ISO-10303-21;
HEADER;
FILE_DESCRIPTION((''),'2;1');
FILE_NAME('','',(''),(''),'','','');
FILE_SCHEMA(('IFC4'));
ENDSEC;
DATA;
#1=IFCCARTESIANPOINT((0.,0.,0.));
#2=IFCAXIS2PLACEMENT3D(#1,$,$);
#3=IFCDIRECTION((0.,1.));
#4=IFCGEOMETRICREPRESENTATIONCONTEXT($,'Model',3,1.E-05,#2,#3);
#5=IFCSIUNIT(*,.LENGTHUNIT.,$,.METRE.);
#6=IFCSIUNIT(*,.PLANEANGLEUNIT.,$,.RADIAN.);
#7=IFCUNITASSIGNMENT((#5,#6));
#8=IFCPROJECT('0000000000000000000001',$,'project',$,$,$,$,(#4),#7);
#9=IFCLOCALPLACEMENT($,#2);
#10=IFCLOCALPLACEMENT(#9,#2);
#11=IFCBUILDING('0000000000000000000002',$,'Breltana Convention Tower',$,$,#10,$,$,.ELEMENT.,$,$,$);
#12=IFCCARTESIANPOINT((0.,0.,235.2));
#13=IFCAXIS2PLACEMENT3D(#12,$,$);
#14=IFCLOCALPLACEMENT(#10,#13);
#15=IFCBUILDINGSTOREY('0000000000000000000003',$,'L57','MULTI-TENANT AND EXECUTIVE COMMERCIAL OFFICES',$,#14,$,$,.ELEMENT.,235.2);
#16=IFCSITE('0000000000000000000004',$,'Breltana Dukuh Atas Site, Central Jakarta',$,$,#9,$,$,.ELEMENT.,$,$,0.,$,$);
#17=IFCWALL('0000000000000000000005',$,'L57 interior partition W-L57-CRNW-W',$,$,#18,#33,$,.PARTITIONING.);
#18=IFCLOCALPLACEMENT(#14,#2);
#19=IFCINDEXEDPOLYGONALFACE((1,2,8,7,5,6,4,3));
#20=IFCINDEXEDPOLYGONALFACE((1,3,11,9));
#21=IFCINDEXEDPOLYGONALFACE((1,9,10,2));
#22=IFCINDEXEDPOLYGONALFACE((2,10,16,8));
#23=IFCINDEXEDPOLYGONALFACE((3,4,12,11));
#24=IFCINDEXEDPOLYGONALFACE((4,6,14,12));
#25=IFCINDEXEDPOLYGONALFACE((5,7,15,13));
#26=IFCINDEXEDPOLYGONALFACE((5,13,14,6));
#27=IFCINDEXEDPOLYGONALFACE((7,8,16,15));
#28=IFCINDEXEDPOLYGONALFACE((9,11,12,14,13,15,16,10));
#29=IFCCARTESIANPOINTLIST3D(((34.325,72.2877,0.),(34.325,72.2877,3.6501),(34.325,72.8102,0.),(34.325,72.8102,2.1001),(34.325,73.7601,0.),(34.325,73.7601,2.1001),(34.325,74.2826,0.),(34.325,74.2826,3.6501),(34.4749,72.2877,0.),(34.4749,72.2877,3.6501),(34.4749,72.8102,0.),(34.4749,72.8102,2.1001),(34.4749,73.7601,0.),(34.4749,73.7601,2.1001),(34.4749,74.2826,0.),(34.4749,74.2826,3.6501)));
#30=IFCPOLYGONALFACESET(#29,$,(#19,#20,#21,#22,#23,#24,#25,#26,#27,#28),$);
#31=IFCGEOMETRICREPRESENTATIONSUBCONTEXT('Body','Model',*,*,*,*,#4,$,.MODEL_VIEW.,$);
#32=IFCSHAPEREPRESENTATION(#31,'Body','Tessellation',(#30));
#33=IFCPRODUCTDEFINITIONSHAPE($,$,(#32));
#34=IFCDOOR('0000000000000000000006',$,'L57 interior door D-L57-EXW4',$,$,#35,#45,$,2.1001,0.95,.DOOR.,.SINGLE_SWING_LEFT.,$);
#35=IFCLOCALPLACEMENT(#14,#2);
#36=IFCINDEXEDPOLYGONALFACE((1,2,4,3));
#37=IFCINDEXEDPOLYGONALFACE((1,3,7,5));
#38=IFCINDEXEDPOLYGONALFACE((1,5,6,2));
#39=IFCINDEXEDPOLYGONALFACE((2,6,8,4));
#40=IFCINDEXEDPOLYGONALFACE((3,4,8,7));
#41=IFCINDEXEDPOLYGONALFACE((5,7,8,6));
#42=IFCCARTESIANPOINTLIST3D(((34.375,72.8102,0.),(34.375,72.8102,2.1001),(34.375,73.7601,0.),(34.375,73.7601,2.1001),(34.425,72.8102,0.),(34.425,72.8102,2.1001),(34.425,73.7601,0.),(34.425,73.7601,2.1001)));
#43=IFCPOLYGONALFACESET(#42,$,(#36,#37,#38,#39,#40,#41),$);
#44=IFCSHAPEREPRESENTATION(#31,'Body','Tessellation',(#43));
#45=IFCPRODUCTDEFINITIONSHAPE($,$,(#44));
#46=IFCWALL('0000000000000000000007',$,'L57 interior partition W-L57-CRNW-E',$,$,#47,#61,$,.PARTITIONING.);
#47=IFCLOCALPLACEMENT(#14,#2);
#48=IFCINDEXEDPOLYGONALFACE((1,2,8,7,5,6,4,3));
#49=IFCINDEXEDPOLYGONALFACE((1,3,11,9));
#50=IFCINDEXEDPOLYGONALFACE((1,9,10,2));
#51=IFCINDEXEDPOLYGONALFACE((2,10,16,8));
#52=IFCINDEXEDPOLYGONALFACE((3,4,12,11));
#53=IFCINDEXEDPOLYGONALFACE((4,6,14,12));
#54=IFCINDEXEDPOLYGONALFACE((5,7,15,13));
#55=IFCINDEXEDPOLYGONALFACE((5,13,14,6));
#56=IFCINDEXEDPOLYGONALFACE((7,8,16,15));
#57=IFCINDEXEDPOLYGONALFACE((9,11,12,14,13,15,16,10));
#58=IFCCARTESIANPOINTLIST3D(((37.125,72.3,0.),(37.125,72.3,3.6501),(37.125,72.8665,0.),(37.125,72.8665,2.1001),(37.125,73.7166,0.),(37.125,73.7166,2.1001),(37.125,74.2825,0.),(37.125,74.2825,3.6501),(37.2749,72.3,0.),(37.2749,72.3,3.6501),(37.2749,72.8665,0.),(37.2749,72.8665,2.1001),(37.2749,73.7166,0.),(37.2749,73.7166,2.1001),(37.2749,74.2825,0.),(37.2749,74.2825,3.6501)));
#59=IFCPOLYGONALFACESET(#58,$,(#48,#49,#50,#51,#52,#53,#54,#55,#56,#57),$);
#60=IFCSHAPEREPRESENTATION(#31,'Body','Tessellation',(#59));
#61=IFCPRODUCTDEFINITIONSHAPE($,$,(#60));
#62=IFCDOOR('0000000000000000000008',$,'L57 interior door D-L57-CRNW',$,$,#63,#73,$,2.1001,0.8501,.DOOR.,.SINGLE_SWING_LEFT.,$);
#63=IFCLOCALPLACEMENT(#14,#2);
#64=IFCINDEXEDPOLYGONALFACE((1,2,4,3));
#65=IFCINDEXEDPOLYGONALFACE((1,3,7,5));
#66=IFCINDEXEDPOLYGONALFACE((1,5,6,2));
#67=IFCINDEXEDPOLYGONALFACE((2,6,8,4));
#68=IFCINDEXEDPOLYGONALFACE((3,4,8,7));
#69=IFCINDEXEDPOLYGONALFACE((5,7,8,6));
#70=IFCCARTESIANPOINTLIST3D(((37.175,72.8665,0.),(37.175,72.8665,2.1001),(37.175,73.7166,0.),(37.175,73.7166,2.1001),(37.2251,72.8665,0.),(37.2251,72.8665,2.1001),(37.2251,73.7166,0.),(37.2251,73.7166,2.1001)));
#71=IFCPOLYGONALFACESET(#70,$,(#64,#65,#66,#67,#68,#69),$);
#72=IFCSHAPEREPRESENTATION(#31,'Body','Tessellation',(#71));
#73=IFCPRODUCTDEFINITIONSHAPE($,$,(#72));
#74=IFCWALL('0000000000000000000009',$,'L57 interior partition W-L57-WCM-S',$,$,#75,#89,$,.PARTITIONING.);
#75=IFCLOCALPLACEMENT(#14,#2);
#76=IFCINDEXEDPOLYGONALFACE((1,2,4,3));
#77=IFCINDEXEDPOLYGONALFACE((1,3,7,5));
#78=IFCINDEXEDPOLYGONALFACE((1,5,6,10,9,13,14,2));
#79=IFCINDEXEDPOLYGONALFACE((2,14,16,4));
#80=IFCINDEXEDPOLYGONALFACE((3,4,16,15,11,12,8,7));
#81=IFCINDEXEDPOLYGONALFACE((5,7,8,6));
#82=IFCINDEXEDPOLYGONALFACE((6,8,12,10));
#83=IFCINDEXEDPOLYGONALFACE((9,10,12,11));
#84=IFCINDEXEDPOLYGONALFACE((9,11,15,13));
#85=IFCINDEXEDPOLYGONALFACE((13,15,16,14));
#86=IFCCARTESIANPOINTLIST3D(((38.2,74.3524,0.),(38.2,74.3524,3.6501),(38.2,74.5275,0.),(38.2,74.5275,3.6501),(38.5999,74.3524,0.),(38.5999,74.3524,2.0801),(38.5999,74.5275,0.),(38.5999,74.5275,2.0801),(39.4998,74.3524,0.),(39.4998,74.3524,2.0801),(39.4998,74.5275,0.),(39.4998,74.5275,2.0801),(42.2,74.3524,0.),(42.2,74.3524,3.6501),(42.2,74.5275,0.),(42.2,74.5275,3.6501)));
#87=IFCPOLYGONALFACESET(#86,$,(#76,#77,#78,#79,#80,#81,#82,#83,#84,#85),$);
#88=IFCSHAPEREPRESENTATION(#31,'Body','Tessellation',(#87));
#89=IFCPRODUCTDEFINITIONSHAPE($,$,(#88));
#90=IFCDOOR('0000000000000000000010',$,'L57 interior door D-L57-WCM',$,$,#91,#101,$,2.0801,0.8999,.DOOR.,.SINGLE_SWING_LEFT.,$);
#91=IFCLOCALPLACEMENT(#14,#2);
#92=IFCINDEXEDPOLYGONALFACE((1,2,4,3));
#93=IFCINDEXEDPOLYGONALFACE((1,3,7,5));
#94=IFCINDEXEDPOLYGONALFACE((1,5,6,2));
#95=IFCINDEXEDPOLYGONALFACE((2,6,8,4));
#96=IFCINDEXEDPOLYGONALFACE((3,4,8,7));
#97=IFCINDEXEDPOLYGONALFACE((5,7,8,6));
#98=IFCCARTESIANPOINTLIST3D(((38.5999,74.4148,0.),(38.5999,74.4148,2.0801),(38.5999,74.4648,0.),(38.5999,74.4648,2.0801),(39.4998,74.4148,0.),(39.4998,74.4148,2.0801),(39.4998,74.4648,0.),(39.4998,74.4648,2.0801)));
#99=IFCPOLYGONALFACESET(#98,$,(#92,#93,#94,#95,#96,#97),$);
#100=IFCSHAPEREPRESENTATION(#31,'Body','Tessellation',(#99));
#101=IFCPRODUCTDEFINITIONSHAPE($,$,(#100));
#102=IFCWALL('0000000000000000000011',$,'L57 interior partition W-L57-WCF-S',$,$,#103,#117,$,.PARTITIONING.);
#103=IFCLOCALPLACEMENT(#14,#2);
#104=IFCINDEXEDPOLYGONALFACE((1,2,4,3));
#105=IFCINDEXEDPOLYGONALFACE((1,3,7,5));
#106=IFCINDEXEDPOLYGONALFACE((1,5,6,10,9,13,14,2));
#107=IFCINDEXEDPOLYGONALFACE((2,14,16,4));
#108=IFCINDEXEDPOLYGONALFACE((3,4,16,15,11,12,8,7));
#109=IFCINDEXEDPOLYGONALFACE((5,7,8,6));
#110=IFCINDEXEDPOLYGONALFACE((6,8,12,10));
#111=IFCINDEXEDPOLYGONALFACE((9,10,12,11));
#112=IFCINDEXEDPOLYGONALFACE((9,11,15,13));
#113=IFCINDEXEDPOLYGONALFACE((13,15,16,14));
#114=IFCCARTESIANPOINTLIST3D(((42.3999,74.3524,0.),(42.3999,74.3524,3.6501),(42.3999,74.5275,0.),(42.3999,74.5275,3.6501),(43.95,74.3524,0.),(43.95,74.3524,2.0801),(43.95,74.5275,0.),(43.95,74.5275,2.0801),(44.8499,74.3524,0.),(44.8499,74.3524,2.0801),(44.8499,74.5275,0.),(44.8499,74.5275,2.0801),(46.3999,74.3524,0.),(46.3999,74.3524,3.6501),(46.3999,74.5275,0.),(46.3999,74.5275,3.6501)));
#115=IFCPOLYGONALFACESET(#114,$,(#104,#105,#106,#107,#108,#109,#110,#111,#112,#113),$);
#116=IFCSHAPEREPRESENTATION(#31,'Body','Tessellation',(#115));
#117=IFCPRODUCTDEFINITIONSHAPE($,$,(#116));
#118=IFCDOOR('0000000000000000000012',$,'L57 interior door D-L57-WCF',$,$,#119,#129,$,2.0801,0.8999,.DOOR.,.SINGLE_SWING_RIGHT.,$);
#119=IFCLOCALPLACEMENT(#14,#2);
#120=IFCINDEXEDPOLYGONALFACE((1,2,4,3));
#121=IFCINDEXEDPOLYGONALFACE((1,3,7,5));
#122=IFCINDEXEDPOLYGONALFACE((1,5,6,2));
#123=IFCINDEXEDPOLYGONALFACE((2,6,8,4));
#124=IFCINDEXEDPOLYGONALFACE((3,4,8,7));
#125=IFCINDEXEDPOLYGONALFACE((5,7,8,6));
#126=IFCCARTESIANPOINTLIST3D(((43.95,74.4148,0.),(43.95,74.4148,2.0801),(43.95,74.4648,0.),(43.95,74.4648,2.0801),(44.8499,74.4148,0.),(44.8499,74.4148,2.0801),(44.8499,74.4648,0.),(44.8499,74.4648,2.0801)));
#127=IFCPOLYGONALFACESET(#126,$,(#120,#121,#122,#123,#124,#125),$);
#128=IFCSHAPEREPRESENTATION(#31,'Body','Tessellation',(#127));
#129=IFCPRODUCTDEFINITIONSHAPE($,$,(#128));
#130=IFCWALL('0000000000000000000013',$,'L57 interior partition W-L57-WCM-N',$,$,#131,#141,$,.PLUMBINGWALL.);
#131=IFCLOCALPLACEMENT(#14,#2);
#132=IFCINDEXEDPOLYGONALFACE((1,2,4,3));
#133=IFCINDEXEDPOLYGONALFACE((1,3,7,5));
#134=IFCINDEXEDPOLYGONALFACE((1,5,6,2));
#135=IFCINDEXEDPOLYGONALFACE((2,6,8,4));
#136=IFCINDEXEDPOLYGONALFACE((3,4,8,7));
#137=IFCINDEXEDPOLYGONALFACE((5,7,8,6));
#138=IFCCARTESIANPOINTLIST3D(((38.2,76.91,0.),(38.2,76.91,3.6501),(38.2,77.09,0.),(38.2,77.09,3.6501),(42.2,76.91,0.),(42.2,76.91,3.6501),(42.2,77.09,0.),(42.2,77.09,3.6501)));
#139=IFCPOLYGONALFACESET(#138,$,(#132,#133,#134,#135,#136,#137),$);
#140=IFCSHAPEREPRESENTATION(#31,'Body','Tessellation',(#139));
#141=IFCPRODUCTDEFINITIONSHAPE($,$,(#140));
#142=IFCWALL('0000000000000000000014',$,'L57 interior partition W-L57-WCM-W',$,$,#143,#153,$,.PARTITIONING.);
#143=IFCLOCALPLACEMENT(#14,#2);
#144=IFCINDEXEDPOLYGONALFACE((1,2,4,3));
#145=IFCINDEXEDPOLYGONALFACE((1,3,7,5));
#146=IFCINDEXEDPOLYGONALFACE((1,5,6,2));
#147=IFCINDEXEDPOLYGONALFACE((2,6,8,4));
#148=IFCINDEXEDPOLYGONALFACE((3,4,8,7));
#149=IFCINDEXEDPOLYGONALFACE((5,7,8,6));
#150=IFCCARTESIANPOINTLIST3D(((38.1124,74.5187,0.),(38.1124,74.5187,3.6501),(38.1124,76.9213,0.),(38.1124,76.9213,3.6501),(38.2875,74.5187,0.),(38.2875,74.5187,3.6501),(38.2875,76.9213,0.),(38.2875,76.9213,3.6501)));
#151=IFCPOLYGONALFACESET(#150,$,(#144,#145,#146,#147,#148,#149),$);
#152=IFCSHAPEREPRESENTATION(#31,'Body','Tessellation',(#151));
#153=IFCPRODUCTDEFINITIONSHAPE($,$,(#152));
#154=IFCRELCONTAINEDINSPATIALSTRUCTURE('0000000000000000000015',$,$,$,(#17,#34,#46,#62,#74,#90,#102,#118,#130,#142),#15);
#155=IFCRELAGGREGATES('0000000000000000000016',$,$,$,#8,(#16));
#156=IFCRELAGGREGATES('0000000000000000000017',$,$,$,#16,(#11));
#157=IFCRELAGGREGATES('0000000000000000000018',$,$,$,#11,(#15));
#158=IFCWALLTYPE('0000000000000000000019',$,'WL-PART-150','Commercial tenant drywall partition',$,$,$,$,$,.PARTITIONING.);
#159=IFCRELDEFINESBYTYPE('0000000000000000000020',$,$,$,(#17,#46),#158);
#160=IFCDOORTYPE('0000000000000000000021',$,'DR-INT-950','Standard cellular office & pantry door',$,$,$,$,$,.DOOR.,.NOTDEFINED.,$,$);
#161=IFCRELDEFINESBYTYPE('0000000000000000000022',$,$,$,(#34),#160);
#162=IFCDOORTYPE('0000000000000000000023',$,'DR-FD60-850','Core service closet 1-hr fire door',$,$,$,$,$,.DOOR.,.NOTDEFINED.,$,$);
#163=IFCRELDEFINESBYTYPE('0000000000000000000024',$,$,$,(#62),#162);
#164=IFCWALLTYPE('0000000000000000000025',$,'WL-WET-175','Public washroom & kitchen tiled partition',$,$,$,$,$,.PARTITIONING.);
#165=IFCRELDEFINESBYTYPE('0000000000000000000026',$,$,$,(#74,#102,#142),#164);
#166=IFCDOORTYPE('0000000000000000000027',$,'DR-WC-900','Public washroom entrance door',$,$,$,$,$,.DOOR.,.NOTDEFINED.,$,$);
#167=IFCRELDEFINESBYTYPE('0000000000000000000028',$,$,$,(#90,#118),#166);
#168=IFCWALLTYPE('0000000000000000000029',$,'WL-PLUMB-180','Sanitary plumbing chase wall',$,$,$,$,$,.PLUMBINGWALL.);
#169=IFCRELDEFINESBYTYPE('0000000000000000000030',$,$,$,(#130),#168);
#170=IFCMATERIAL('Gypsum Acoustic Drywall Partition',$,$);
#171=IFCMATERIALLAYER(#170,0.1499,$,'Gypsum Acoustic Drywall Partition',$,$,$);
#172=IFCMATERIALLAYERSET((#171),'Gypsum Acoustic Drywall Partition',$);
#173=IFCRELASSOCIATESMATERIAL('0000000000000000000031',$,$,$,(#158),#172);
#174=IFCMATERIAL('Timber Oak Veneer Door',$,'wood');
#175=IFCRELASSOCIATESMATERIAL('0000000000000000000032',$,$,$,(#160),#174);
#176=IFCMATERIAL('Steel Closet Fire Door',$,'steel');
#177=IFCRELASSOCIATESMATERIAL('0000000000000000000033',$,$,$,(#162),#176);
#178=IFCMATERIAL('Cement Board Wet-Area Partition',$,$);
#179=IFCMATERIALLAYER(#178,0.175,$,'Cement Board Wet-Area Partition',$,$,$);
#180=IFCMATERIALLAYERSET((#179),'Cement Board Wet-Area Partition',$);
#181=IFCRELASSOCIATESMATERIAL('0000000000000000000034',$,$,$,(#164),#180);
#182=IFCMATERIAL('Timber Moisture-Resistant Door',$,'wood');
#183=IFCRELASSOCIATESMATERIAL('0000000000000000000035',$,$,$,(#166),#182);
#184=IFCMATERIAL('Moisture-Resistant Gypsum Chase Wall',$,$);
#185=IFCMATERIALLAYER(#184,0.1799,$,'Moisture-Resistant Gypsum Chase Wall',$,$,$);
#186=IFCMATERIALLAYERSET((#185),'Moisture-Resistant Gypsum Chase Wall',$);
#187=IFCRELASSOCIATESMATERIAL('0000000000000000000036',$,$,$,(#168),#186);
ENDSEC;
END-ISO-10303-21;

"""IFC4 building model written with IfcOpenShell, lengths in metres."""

from ifc_helpers import new_model, si_unit, direction, frame, frame_2d, origin, place, context, subcontext, project, spatial, rectangle, extrude, source, transform, mapped, material, layer, layer_set, type_object, type_shapes, element, fill, save


model = new_model("IFC4")

# Units and contexts
model_context = context("Model", 3, precision=1e-05, world=origin(), true_north=direction((0.0, 1.0)))
body_context = subcontext(model_context, "Body", "Model", "MODEL_VIEW")
ifc_project = project(units=[si_unit("LENGTHUNIT", "METRE"), si_unit("PLANEANGLEUNIT", "RADIAN")], contexts=[model_context])

# Site, building, storey
site_placement = place(None, origin())
site = spatial("IfcSite", under=ifc_project, at=site_placement, Name="Breltana Dukuh Atas Site, Central Jakarta", CompositionType="ELEMENT", RefElevation=0.0)
building_placement = place(site_placement, origin())
building = spatial("IfcBuilding", under=site, at=building_placement, Name="Breltana Convention Tower", CompositionType="ELEMENT")
storey_placement = place(building_placement, frame((0.0, 0.0, 235.2)))
storey = spatial("IfcBuildingStorey", under=building, at=storey_placement, Name="L57", Description="MULTI-TENANT AND EXECUTIVE COMMERCIAL OFFICES", CompositionType="ELEMENT", Elevation=235.2)

# Shared definitions
ifc_material_1 = material(Name="Gypsum Acoustic Drywall Partition")
ifc_layer_1 = layer(ifc_material_1, 0.1499, Name="Gypsum Acoustic Drywall Partition")
ifc_layer_set_1 = layer_set([ifc_layer_1], Name="Gypsum Acoustic Drywall Partition")
wall_type_1 = type_object("IfcWallType", Name="WL-PART-150", Description="Commercial tenant drywall partition", PredefinedType="PARTITIONING", material=ifc_layer_set_1)

# Walls, openings, doors
shared_shape_1 = source(origin(), body_context, "Body", "SweptSolid", [
    extrude(rectangle(XDim=1.9949, YDim=0.1499, at=frame_2d((0.9976, 0.0))), origin(), (0.0, 0.0, 1.0), 3.6501),
])
wall_1_placement = place(storey_placement, frame((34.3999, 72.2876, 0.0), z_axis=(0.0, 0.0, 1.0), x_axis=(0.0, 1.0, 0.0)))
wall_1 = element("IfcWall", 1, at=wall_1_placement, inside=storey, type_object=wall_type_1, Name="L57 interior partition W-L57-CRNW-W", PredefinedType="PARTITIONING", context=body_context, shape_type="MappedRepresentation", body=[
    mapped(shared_shape_1, transform((0.0, 0.0, 0.0), scale=1.0)),
])
opening_1_placement = place(wall_1_placement, frame((0.5225, 0.0, 0.0)))
opening_1 = element("IfcOpeningElement", 2, at=opening_1_placement, cuts=wall_1, PredefinedType="OPENING", context=body_context, shape_type="SweptSolid", body=[
    extrude(rectangle(XDim=0.95, YDim=2.1001, at=frame_2d((0.4751, 1.05))), frame((0.0, 0.085, 0.0), z_axis=(0.0, -1.0, 0.0), x_axis=(1.0, 0.0, 0.0)), (0.0, 0.0, 1.0), 0.1699),
])
ifc_material_2 = material(Name="Timber Oak Veneer Door", Category="wood")
door_type_1 = type_object("IfcDoorType", Name="DR-INT-950", Description="Standard cellular office & pantry door", OperationType="NOTDEFINED", PredefinedType="DOOR", material=ifc_material_2)
shared_shape_2 = source(origin(), body_context, "Body", "SweptSolid", [
    extrude(rectangle(XDim=0.95, YDim=2.1001, at=frame_2d((0.4751, 1.05))), frame((0.0, 0.0249, 0.0), z_axis=(0.0, -1.0, 0.0), x_axis=(1.0, 0.0, 0.0)), (0.0, 0.0, 1.0), 0.05),
])
type_shapes(door_type_1, [shared_shape_2])
door_1_placement = place(opening_1_placement, origin())
door_1 = element("IfcDoor", 3, at=door_1_placement, inside=storey, type_object=door_type_1, Name="L57 interior door D-L57-EXW4", OperationType="SINGLE_SWING_LEFT", OverallHeight=2.1001, OverallWidth=0.95, PredefinedType="DOOR", context=body_context, shape_type="MappedRepresentation", body=[
    mapped(shared_shape_2, transform((0.0, 0.0, 0.0), scale=1.0)),
])
fill(opening_1, door_1)
shared_shape_3 = source(origin(), body_context, "Body", "SweptSolid", [
    extrude(rectangle(XDim=1.9824, YDim=0.1499, at=frame_2d((0.9912, 0.0))), origin(), (0.0, 0.0, 1.0), 3.6501),
])
wall_2_placement = place(storey_placement, frame((37.2, 72.3, 0.0), z_axis=(0.0, 0.0, 1.0), x_axis=(0.0, 1.0, 0.0)))
wall_2 = element("IfcWall", 4, at=wall_2_placement, inside=storey, type_object=wall_type_1, Name="L57 interior partition W-L57-CRNW-E", PredefinedType="PARTITIONING", context=body_context, shape_type="MappedRepresentation", body=[
    mapped(shared_shape_3, transform((0.0, 0.0, 0.0), scale=1.0)),
])
opening_2_placement = place(wall_2_placement, frame((0.5664, 0.0, 0.0)))
opening_2 = element("IfcOpeningElement", 5, at=opening_2_placement, cuts=wall_2, PredefinedType="OPENING", context=body_context, shape_type="SweptSolid", body=[
    extrude(rectangle(XDim=0.8501, YDim=2.1001, at=frame_2d((0.425, 1.05))), frame((0.0, 0.085, 0.0), z_axis=(0.0, -1.0, 0.0), x_axis=(1.0, 0.0, 0.0)), (0.0, 0.0, 1.0), 0.1699),
])
ifc_material_3 = material(Name="Steel Closet Fire Door", Category="steel")
door_type_2 = type_object("IfcDoorType", Name="DR-FD60-850", Description="Core service closet 1-hr fire door", OperationType="NOTDEFINED", PredefinedType="DOOR", material=ifc_material_3)
shared_shape_4 = source(origin(), body_context, "Body", "SweptSolid", [
    extrude(rectangle(XDim=0.8501, YDim=2.1001, at=frame_2d((0.425, 1.05))), frame((0.0, 0.0249, 0.0), z_axis=(0.0, -1.0, 0.0), x_axis=(1.0, 0.0, 0.0)), (0.0, 0.0, 1.0), 0.05),
])
type_shapes(door_type_2, [shared_shape_4])
door_2_placement = place(opening_2_placement, origin())
door_2 = element("IfcDoor", 6, at=door_2_placement, inside=storey, type_object=door_type_2, Name="L57 interior door D-L57-CRNW", OperationType="SINGLE_SWING_LEFT", OverallHeight=2.1001, OverallWidth=0.8501, PredefinedType="DOOR", context=body_context, shape_type="MappedRepresentation", body=[
    mapped(shared_shape_4, transform((0.0, 0.0, 0.0), scale=1.0)),
])
fill(opening_2, door_2)
ifc_material_4 = material(Name="Cement Board Wet-Area Partition")
ifc_layer_2 = layer(ifc_material_4, 0.175, Name="Cement Board Wet-Area Partition")
ifc_layer_set_2 = layer_set([ifc_layer_2], Name="Cement Board Wet-Area Partition")
wall_type_2 = type_object("IfcWallType", Name="WL-WET-175", Description="Public washroom & kitchen tiled partition", PredefinedType="PARTITIONING", material=ifc_layer_set_2)
shared_shape_5 = source(origin(), body_context, "Body", "SweptSolid", [
    extrude(rectangle(XDim=4.0, YDim=0.175, at=frame_2d((2.0, 0.0))), origin(), (0.0, 0.0, 1.0), 3.6501),
])
wall_3_placement = place(storey_placement, frame((38.2, 74.4399, 0.0), z_axis=(0.0, 0.0, 1.0), x_axis=(1.0, 0.0, 0.0)))
wall_3 = element("IfcWall", 7, at=wall_3_placement, inside=storey, type_object=wall_type_2, Name="L57 interior partition W-L57-WCM-S", PredefinedType="PARTITIONING", context=body_context, shape_type="MappedRepresentation", body=[
    mapped(shared_shape_5, transform((0.0, 0.0, 0.0), scale=1.0)),
])
opening_3_placement = place(wall_3_placement, frame((0.3999, 0.0, 0.0)))
opening_3 = element("IfcOpeningElement", 8, at=opening_3_placement, cuts=wall_3, PredefinedType="OPENING", context=body_context, shape_type="SweptSolid", body=[
    extrude(rectangle(XDim=0.8999, YDim=2.0801, at=frame_2d((0.45, 1.04))), frame((0.0, 0.0977, 0.0), z_axis=(0.0, -1.0, 0.0), x_axis=(1.0, 0.0, 0.0)), (0.0, 0.0, 1.0), 0.1951),
])
ifc_material_5 = material(Name="Timber Moisture-Resistant Door", Category="wood")
door_type_3 = type_object("IfcDoorType", Name="DR-WC-900", Description="Public washroom entrance door", OperationType="NOTDEFINED", PredefinedType="DOOR", material=ifc_material_5)
shared_shape_6 = source(origin(), body_context, "Body", "SweptSolid", [
    extrude(rectangle(XDim=0.8999, YDim=2.0801, at=frame_2d((0.45, 1.04))), frame((0.0, 0.0249, 0.0), z_axis=(0.0, -1.0, 0.0), x_axis=(1.0, 0.0, 0.0)), (0.0, 0.0, 1.0), 0.05),
])
type_shapes(door_type_3, [shared_shape_6])
door_3_placement = place(opening_3_placement, origin())
door_3 = element("IfcDoor", 9, at=door_3_placement, inside=storey, type_object=door_type_3, Name="L57 interior door D-L57-WCM", OperationType="SINGLE_SWING_LEFT", OverallHeight=2.0801, OverallWidth=0.8999, PredefinedType="DOOR", context=body_context, shape_type="MappedRepresentation", body=[
    mapped(shared_shape_6, transform((0.0, 0.0, 0.0), scale=1.0)),
])
fill(opening_3, door_3)
wall_4_placement = place(storey_placement, frame((42.3999, 74.4399, 0.0), z_axis=(0.0, 0.0, 1.0), x_axis=(1.0, 0.0, 0.0)))
wall_4 = element("IfcWall", 10, at=wall_4_placement, inside=storey, type_object=wall_type_2, Name="L57 interior partition W-L57-WCF-S", PredefinedType="PARTITIONING", context=body_context, shape_type="MappedRepresentation", body=[
    mapped(shared_shape_5, transform((0.0, 0.0, 0.0), scale=1.0)),
])
opening_4_placement = place(wall_4_placement, frame((1.55, 0.0, 0.0)))
opening_4 = element("IfcOpeningElement", 11, at=opening_4_placement, cuts=wall_4, PredefinedType="OPENING", context=body_context, shape_type="SweptSolid", body=[
    extrude(rectangle(XDim=0.8999, YDim=2.0801, at=frame_2d((0.45, 1.04))), frame((0.0, 0.0977, 0.0), z_axis=(0.0, -1.0, 0.0), x_axis=(1.0, 0.0, 0.0)), (0.0, 0.0, 1.0), 0.1951),
])
door_4_placement = place(opening_4_placement, origin())
door_4 = element("IfcDoor", 12, at=door_4_placement, inside=storey, type_object=door_type_3, Name="L57 interior door D-L57-WCF", OperationType="SINGLE_SWING_RIGHT", OverallHeight=2.0801, OverallWidth=0.8999, PredefinedType="DOOR", context=body_context, shape_type="MappedRepresentation", body=[
    mapped(shared_shape_6, transform((0.0, 0.0, 0.0), scale=1.0)),
])
fill(opening_4, door_4)

# Walls
ifc_material_6 = material(Name="Moisture-Resistant Gypsum Chase Wall")
ifc_layer_3 = layer(ifc_material_6, 0.1799, Name="Moisture-Resistant Gypsum Chase Wall")
ifc_layer_set_3 = layer_set([ifc_layer_3], Name="Moisture-Resistant Gypsum Chase Wall")
wall_type_3 = type_object("IfcWallType", Name="WL-PLUMB-180", Description="Sanitary plumbing chase wall", PredefinedType="PLUMBINGWALL", material=ifc_layer_set_3)
shared_shape_7 = source(origin(), body_context, "Body", "SweptSolid", [
    extrude(rectangle(XDim=4.0, YDim=0.1799, at=frame_2d((2.0, 0.0))), origin(), (0.0, 0.0, 1.0), 3.6501),
])
wall_5_placement = place(storey_placement, frame((38.2, 77.0, 0.0), z_axis=(0.0, 0.0, 1.0), x_axis=(1.0, 0.0, 0.0)))
element("IfcWall", 13, at=wall_5_placement, inside=storey, type_object=wall_type_3, Name="L57 interior partition W-L57-WCM-N", PredefinedType="PLUMBINGWALL", context=body_context, shape_type="MappedRepresentation", body=[
    mapped(shared_shape_7, transform((0.0, 0.0, 0.0), scale=1.0)),
])
shared_shape_8 = source(origin(), body_context, "Body", "SweptSolid", [
    extrude(rectangle(XDim=2.4026, YDim=0.175, at=frame_2d((1.2012, 0.0))), origin(), (0.0, 0.0, 1.0), 3.6501),
])
for number, where, z_axis, x_axis, name in (
    (14, (38.2, 74.5188, 0.0), (0.0, 0.0, 1.0), (0.0, 1.0, 0.0), "L57 interior partition W-L57-WCM-W"),
):
    element("IfcWall", number, at=place(storey_placement, frame(where, z_axis=z_axis, x_axis=x_axis)), inside=storey, type_object=wall_type_2, Name=name, PredefinedType="PARTITIONING", context=body_context, shape_type="MappedRepresentation", body=[
        mapped(shared_shape_8, transform((0.0, 0.0, 0.0), scale=1.0)),
    ])

save(model, "model.ifc")
